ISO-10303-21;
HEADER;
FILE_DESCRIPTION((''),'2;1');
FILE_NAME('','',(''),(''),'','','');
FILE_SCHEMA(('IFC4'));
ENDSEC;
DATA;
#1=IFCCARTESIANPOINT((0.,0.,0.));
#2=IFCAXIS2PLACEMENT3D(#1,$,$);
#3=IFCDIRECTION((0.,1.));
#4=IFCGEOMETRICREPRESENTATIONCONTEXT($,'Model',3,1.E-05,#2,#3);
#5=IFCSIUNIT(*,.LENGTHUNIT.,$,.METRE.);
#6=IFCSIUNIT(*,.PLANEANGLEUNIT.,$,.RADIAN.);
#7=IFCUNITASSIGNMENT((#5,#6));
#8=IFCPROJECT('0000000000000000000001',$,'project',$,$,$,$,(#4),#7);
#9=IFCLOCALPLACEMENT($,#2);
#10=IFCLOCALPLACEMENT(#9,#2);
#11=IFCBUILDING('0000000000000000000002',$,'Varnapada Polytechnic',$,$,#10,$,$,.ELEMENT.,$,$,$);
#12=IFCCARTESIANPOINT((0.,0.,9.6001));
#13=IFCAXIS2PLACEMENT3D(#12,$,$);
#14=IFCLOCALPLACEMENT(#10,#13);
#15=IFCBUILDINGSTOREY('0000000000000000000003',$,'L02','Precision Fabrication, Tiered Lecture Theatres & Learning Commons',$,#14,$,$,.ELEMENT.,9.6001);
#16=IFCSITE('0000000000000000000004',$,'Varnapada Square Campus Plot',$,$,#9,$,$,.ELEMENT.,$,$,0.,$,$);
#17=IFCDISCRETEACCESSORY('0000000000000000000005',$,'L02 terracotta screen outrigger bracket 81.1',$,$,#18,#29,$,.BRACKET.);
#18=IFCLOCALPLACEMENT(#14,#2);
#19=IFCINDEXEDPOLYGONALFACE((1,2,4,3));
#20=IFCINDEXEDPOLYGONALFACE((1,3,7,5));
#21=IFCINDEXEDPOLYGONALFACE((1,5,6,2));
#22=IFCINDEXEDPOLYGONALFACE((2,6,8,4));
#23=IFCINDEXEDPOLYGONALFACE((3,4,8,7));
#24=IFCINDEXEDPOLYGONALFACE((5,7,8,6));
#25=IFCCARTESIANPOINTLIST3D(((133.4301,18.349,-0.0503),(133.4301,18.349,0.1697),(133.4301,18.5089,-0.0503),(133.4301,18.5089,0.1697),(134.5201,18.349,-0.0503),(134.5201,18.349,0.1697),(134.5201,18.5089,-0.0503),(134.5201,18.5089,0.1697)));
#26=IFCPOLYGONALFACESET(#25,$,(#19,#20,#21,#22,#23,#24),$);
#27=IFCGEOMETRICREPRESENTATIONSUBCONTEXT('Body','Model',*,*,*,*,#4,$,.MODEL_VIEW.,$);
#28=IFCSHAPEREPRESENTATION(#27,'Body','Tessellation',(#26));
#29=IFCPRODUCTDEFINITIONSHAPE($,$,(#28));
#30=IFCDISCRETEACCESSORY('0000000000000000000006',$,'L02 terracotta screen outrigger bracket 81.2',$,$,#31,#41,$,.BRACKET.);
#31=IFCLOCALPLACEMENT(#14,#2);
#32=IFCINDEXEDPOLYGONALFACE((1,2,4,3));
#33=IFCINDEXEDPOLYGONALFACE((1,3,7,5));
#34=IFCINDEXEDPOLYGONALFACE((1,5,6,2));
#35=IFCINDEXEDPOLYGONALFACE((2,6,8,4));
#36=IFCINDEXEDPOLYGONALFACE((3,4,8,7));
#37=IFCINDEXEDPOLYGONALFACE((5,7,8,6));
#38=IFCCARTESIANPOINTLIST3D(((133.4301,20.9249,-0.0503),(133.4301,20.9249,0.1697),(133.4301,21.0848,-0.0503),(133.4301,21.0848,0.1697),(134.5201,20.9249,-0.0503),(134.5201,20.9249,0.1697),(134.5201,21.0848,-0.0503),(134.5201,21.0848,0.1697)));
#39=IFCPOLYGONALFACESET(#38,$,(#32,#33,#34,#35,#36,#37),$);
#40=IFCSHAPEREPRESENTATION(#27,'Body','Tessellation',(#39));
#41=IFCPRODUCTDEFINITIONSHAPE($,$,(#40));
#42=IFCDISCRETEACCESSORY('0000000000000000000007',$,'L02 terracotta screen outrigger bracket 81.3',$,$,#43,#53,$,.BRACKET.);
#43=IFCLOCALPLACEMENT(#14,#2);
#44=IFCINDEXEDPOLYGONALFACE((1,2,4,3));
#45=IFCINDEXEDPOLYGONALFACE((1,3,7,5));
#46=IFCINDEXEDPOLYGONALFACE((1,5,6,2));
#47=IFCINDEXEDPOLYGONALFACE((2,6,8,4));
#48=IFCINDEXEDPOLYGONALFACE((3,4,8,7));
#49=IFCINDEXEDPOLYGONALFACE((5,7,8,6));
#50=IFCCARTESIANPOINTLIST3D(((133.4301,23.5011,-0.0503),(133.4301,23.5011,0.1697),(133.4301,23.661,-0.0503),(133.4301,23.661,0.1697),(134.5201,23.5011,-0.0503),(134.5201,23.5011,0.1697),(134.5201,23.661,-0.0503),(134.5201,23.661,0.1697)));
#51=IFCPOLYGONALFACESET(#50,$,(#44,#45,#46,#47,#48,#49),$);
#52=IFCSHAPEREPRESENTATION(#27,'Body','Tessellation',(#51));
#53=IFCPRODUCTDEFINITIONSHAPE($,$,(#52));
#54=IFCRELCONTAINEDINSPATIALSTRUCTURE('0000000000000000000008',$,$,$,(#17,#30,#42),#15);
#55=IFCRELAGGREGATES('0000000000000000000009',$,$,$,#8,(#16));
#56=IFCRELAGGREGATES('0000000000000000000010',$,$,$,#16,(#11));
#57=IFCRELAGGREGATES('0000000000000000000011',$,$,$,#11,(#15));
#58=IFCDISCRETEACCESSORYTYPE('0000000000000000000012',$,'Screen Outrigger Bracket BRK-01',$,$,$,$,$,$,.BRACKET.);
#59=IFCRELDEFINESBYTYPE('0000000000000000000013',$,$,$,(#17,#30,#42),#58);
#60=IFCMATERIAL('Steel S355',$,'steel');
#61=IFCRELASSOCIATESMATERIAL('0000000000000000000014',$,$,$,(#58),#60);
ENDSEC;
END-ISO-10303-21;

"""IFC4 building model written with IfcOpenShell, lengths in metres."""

from ifc_helpers import new_model, si_unit, direction, frame, origin, origin_2d, place, context, subcontext, project, spatial, rectangle, extrude, material, type_object, element, save


model = new_model("IFC4")

# Units and contexts
model_context = context("Model", 3, precision=1e-05, world=origin(), true_north=direction((0.0, 1.0)))
body_context = subcontext(model_context, "Body", "Model", "MODEL_VIEW")
ifc_project = project(units=[si_unit("LENGTHUNIT", "METRE"), si_unit("PLANEANGLEUNIT", "RADIAN")], contexts=[model_context])

# Site, building, storey
site_placement = place(None, origin())
site = spatial("IfcSite", under=ifc_project, at=site_placement, Name="Varnapada Square Campus Plot", CompositionType="ELEMENT", RefElevation=0.0)
building_placement = place(site_placement, origin())
building = spatial("IfcBuilding", under=site, at=building_placement, Name="Varnapada Polytechnic", CompositionType="ELEMENT")
storey_placement = place(building_placement, frame((0.0, 0.0, 9.6001)))
storey = spatial("IfcBuildingStorey", under=building, at=storey_placement, Name="L02", Description="Precision Fabrication, Tiered Lecture Theatres & Learning Commons", CompositionType="ELEMENT", Elevation=9.6001)

# Discrete accessories
ifc_material_1 = material(Name="Steel S355", Category="steel")
discrete_accessory_type = type_object("IfcDiscreteAccessoryType", Name="Screen Outrigger Bracket BRK-01", PredefinedType="BRACKET", material=ifc_material_1)
for number, where, z_axis, x_axis, name in (
    (1, (133.9751, 18.429, -0.0503), (0.0, 0.0, 1.0), (0.0, 1.0, 0.0), "L02 terracotta screen outrigger bracket 81.1"),
    (2, (133.9751, 21.0049, -0.0503), (0.0, 0.0, 1.0), (0.0, 1.0, 0.0), "L02 terracotta screen outrigger bracket 81.2"),
    (3, (133.9751, 23.5811, -0.0503), (0.0, 0.0, 1.0), (0.0, 1.0, 0.0), "L02 terracotta screen outrigger bracket 81.3"),
):
    element("IfcDiscreteAccessory", number, at=place(storey_placement, frame(where, z_axis=z_axis, x_axis=x_axis)), inside=storey, type_object=discrete_accessory_type, Name=name, PredefinedType="BRACKET", context=body_context, shape_type="SweptSolid", body=[
        extrude(rectangle(XDim=0.1599, YDim=1.0901, at=origin_2d()), origin(), (0.0, 0.0, 1.0), 0.22),
    ])

save(model, "model.ifc")
